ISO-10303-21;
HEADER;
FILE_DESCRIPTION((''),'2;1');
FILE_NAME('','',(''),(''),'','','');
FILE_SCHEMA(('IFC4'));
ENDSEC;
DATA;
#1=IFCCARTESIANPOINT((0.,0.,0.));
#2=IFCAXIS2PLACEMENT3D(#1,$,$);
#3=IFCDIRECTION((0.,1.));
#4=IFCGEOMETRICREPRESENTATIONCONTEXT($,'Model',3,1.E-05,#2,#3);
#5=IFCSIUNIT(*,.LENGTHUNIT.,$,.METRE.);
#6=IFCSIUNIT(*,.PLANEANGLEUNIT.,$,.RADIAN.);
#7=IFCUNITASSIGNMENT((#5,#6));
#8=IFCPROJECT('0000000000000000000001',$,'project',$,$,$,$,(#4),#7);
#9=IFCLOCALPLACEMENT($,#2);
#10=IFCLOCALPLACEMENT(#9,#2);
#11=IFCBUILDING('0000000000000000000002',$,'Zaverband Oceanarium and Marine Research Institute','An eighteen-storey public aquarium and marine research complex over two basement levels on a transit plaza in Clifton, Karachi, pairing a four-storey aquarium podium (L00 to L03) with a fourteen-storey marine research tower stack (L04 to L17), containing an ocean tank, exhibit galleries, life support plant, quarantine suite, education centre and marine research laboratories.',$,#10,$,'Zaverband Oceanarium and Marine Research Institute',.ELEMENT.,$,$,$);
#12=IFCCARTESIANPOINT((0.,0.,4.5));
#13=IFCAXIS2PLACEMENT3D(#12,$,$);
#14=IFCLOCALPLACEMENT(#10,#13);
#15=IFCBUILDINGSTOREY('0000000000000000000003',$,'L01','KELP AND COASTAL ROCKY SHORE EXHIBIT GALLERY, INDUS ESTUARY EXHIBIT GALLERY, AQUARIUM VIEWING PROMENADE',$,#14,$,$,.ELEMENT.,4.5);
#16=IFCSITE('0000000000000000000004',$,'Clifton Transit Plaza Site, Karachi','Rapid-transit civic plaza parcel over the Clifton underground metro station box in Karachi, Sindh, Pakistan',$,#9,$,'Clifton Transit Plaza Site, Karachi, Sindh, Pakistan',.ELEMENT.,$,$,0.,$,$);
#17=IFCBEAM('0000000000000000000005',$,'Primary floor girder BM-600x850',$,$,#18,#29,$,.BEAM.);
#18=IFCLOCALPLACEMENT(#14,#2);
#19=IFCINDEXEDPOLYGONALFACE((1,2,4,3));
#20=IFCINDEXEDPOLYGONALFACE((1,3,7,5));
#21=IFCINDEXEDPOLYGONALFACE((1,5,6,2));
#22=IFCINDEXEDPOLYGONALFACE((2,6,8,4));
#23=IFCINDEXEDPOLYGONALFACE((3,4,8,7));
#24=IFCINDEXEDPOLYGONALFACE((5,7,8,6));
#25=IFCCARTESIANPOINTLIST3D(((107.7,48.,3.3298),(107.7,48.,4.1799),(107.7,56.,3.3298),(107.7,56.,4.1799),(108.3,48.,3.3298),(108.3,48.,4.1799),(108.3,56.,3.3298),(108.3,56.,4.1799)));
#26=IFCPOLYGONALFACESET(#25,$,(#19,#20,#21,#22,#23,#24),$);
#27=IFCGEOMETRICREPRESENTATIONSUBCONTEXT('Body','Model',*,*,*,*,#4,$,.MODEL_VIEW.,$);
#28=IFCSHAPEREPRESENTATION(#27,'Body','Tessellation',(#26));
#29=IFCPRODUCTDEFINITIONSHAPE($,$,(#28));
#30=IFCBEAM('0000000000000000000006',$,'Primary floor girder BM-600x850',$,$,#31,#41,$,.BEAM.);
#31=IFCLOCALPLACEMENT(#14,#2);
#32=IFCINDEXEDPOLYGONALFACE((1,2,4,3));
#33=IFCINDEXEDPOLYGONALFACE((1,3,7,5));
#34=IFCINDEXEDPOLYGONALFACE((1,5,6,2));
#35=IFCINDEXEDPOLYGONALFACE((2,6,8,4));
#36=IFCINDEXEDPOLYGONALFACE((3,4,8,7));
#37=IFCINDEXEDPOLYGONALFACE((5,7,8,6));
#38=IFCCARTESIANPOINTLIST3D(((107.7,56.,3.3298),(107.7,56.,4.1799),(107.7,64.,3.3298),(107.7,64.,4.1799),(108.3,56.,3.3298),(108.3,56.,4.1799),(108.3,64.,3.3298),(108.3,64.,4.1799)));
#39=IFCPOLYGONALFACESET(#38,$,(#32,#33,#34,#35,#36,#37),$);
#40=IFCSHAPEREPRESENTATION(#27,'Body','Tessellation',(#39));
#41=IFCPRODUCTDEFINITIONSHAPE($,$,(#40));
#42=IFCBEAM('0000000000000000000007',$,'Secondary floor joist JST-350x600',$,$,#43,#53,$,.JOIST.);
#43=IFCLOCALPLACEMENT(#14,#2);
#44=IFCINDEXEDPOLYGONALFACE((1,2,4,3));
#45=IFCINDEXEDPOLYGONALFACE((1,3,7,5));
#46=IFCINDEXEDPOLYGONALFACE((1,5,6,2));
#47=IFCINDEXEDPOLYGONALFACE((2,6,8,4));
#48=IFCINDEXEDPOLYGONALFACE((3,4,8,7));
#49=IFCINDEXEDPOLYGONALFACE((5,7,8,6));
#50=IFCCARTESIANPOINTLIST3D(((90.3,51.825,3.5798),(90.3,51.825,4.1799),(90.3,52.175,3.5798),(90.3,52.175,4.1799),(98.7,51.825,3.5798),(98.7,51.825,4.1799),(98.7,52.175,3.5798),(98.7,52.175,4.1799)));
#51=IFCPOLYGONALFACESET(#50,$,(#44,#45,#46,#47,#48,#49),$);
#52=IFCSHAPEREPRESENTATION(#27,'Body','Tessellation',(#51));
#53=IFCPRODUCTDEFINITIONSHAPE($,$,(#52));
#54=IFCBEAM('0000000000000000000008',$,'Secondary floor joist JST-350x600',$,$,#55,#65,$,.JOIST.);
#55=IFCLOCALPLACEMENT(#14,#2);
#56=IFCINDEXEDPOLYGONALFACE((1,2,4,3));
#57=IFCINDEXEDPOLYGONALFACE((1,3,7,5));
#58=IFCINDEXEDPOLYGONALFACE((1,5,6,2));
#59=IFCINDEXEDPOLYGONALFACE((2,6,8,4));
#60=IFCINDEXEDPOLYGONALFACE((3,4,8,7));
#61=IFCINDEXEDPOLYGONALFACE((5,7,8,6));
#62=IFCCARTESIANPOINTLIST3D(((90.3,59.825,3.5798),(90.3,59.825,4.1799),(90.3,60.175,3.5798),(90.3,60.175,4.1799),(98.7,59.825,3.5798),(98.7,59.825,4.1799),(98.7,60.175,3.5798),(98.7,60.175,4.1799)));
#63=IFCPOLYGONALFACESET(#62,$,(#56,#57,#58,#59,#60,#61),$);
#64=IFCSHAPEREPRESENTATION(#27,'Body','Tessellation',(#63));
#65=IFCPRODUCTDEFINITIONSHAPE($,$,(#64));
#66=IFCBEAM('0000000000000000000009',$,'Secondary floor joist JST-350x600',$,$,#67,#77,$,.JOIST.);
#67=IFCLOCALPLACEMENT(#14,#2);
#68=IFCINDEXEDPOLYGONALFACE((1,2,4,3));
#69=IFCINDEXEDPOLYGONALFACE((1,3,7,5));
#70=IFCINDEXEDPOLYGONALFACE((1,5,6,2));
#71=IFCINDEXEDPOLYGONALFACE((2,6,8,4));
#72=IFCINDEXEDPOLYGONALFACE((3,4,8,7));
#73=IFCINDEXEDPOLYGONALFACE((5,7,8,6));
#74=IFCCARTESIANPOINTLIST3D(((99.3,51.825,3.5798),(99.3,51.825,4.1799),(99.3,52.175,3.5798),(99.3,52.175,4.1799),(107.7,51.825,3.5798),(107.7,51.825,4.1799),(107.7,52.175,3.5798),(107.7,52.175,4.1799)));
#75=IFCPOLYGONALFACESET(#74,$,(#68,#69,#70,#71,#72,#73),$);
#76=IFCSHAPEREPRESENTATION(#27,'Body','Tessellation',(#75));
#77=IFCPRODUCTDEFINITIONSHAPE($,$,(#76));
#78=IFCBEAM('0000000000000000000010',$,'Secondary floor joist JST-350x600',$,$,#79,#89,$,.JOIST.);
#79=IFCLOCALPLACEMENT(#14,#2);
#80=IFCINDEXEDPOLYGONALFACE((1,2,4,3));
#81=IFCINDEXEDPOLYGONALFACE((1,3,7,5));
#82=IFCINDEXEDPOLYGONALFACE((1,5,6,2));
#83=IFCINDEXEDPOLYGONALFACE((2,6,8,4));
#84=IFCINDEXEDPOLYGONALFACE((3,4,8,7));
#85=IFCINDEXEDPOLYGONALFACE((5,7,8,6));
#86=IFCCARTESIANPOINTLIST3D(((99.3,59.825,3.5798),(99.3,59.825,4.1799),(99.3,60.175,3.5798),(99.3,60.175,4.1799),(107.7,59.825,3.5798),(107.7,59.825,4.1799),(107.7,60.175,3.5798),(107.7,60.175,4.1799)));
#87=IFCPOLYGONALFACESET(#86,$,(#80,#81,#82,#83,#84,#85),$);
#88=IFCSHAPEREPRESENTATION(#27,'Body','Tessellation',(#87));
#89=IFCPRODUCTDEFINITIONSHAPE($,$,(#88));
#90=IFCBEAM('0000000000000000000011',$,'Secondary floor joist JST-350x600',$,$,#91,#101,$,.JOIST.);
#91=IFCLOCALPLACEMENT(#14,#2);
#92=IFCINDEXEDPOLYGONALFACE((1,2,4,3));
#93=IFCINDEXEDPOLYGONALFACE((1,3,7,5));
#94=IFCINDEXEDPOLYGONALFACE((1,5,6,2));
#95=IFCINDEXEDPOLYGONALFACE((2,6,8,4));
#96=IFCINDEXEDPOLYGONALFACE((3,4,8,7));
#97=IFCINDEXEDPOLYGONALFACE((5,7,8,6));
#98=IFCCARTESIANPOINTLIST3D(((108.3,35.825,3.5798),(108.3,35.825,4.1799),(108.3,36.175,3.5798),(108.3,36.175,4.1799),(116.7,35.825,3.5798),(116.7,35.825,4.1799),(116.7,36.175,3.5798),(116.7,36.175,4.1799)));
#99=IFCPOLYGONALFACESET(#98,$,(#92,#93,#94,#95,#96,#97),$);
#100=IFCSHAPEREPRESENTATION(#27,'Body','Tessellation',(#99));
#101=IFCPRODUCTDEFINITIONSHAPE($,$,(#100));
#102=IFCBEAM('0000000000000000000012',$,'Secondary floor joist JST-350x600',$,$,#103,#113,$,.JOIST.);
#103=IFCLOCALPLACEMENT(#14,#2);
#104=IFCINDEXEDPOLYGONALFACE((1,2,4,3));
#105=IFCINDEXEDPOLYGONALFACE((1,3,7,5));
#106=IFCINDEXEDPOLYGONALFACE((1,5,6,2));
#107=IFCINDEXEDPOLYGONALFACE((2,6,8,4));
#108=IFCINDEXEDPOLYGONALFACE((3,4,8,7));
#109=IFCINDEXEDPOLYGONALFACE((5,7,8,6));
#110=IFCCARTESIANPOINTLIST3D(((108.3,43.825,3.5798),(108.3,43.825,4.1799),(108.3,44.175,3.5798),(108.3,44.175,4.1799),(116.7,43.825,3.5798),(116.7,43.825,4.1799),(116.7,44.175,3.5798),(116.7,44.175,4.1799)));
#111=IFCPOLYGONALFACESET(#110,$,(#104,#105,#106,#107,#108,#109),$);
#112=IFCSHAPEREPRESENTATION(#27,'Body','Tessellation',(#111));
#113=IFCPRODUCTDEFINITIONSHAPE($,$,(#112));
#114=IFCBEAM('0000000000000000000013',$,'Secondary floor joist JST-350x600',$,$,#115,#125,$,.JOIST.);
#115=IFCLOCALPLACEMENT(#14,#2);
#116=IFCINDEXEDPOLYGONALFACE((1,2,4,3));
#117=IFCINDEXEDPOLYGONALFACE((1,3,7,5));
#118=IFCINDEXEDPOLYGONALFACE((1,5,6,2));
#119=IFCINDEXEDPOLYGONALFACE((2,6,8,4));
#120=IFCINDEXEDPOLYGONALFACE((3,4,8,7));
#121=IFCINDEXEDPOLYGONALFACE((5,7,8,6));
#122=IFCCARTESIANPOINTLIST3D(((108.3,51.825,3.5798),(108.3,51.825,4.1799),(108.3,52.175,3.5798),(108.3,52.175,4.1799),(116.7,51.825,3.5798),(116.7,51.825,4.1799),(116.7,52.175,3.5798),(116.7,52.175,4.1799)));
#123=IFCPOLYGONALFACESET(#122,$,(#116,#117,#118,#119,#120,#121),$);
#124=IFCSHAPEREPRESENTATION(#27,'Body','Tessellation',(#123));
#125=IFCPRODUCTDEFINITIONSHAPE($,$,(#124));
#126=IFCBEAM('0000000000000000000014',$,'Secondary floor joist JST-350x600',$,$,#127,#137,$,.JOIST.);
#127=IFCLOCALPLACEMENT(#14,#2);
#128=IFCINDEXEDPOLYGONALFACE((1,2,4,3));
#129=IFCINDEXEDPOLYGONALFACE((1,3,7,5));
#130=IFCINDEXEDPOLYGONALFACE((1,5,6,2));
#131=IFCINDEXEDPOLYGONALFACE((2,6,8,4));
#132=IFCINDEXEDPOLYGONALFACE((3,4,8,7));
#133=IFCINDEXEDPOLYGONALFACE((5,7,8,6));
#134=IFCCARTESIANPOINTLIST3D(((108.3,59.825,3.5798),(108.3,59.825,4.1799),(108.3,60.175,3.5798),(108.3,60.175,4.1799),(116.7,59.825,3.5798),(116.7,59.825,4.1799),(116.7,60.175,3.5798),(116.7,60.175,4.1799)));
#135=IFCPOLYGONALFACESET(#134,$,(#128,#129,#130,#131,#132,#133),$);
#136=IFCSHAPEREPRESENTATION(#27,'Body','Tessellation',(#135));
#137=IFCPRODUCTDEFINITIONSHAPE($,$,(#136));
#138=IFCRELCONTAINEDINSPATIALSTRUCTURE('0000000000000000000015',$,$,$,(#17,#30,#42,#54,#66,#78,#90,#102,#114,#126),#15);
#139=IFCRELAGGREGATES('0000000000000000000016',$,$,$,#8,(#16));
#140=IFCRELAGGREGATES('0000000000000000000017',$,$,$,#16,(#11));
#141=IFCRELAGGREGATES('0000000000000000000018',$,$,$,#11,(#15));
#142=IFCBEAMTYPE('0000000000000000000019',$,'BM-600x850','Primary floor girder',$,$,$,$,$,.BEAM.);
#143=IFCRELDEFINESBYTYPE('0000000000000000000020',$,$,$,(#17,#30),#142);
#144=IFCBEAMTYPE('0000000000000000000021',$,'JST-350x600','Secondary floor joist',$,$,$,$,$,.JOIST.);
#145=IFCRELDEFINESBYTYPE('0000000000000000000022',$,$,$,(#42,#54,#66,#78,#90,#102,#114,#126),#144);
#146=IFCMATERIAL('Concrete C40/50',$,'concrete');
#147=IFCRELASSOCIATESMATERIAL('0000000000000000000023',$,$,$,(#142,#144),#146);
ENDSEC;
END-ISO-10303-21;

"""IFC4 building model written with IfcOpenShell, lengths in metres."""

from ifc_helpers import new_model, si_unit, direction, frame, origin, origin_2d, place, context, subcontext, project, spatial, rectangle, extrude, material, material_profile, profile_set, type_object, element, save


model = new_model("IFC4")

# Units and contexts
model_context = context("Model", 3, precision=1e-05, world=origin(), true_north=direction((0.0, 1.0)))
body_context = subcontext(model_context, "Body", "Model", "MODEL_VIEW")
ifc_project = project(units=[si_unit("LENGTHUNIT", "METRE"), si_unit("PLANEANGLEUNIT", "RADIAN")], contexts=[model_context])

# Site, building, storey
site_placement = place(None, origin())
site = spatial("IfcSite", under=ifc_project, at=site_placement, Name="Clifton Transit Plaza Site, Karachi", Description="Rapid-transit civic plaza parcel over the Clifton underground metro station box in Karachi, Sindh, Pakistan", LongName="Clifton Transit Plaza Site, Karachi, Sindh, Pakistan", CompositionType="ELEMENT", RefElevation=0.0)
building_placement = place(site_placement, origin())
building = spatial("IfcBuilding", under=site, at=building_placement, Name="Zaverband Oceanarium and Marine Research Institute", Description="An eighteen-storey public aquarium and marine research complex over two basement levels on a transit plaza in Clifton, Karachi, pairing a four-storey aquarium podium (L00 to L03) with a fourteen-storey marine research tower stack (L04 to L17), containing an ocean tank, exhibit galleries, life support plant, quarantine suite, education centre and marine research laboratories.", LongName="Zaverband Oceanarium and Marine Research Institute", CompositionType="ELEMENT")
storey_placement = place(building_placement, frame((0.0, 0.0, 4.5)))
storey = spatial("IfcBuildingStorey", under=building, at=storey_placement, Name="L01", Description="KELP AND COASTAL ROCKY SHORE EXHIBIT GALLERY, INDUS ESTUARY EXHIBIT GALLERY, AQUARIUM VIEWING PROMENADE", CompositionType="ELEMENT", Elevation=4.5)

# Beams
ifc_material_1 = material(Name="Concrete C40/50", Category="concrete")
ifc_material_profile_1 = material_profile(ifc_material_1, rectangle(XDim=0.6001, YDim=0.8501, at=origin_2d()), Name="RC600x850")
ifc_profile_set_1 = profile_set([ifc_material_profile_1], Name="Concrete C40/50")
beam_type_1 = type_object("IfcBeamType", Name="BM-600x850", Description="Primary floor girder", PredefinedType="BEAM", material=ifc_profile_set_1)
for number, where, z_axis, x_axis, name in (
    (1, (108.0, 48.0, 3.7549), (0.0, 1.0, 0.0), (-1.0, 0.0, 0.0), "Primary floor girder BM-600x850"),
    (2, (108.0, 56.0, 3.7549), (0.0, 1.0, 0.0), (-1.0, 0.0, 0.0), "Primary floor girder BM-600x850"),
):
    element("IfcBeam", number, at=place(storey_placement, frame(where, z_axis=z_axis, x_axis=x_axis)), inside=storey, type_object=beam_type_1, Name=name, PredefinedType="BEAM", context=body_context, shape_type="SweptSolid", body=[
        extrude(rectangle(XDim=0.6001, YDim=0.8501, at=origin_2d()), origin(), (0.0, 0.0, 1.0), 8.0),
    ])
ifc_material_profile_2 = material_profile(ifc_material_1, rectangle(XDim=0.3501, YDim=0.6001, at=origin_2d()), Name="RC350x600")
ifc_profile_set_2 = profile_set([ifc_material_profile_2], Name="Concrete C40/50")
beam_type_2 = type_object("IfcBeamType", Name="JST-350x600", Description="Secondary floor joist", PredefinedType="JOIST", material=ifc_profile_set_2)
for number, where, z_axis, x_axis, name in (
    (3, (90.3, 52.0, 3.8799), (1.0, 0.0, 0.0), (0.0, 1.0, 0.0), "Secondary floor joist JST-350x600"),
    (4, (90.3, 60.0, 3.8799), (1.0, 0.0, 0.0), (0.0, 1.0, 0.0), "Secondary floor joist JST-350x600"),
    (5, (99.3, 52.0, 3.8799), (1.0, 0.0, 0.0), (0.0, 1.0, 0.0), "Secondary floor joist JST-350x600"),
    (6, (99.3, 60.0, 3.8799), (1.0, 0.0, 0.0), (0.0, 1.0, 0.0), "Secondary floor joist JST-350x600"),
    (7, (108.3, 36.0, 3.8799), (1.0, 0.0, 0.0), (0.0, 1.0, 0.0), "Secondary floor joist JST-350x600"),
    (8, (108.3, 44.0, 3.8799), (1.0, 0.0, 0.0), (0.0, 1.0, 0.0), "Secondary floor joist JST-350x600"),
    (9, (108.3, 52.0, 3.8799), (1.0, 0.0, 0.0), (0.0, 1.0, 0.0), "Secondary floor joist JST-350x600"),
    (10, (108.3, 60.0, 3.8799), (1.0, 0.0, 0.0), (0.0, 1.0, 0.0), "Secondary floor joist JST-350x600"),
):
    element("IfcBeam", number, at=place(storey_placement, frame(where, z_axis=z_axis, x_axis=x_axis)), inside=storey, type_object=beam_type_2, Name=name, PredefinedType="JOIST", context=body_context, shape_type="SweptSolid", body=[
        extrude(rectangle(XDim=0.3501, YDim=0.6001, at=origin_2d()), origin(), (0.0, 0.0, 1.0), 8.3999),
    ])

save(model, "model.ifc")
